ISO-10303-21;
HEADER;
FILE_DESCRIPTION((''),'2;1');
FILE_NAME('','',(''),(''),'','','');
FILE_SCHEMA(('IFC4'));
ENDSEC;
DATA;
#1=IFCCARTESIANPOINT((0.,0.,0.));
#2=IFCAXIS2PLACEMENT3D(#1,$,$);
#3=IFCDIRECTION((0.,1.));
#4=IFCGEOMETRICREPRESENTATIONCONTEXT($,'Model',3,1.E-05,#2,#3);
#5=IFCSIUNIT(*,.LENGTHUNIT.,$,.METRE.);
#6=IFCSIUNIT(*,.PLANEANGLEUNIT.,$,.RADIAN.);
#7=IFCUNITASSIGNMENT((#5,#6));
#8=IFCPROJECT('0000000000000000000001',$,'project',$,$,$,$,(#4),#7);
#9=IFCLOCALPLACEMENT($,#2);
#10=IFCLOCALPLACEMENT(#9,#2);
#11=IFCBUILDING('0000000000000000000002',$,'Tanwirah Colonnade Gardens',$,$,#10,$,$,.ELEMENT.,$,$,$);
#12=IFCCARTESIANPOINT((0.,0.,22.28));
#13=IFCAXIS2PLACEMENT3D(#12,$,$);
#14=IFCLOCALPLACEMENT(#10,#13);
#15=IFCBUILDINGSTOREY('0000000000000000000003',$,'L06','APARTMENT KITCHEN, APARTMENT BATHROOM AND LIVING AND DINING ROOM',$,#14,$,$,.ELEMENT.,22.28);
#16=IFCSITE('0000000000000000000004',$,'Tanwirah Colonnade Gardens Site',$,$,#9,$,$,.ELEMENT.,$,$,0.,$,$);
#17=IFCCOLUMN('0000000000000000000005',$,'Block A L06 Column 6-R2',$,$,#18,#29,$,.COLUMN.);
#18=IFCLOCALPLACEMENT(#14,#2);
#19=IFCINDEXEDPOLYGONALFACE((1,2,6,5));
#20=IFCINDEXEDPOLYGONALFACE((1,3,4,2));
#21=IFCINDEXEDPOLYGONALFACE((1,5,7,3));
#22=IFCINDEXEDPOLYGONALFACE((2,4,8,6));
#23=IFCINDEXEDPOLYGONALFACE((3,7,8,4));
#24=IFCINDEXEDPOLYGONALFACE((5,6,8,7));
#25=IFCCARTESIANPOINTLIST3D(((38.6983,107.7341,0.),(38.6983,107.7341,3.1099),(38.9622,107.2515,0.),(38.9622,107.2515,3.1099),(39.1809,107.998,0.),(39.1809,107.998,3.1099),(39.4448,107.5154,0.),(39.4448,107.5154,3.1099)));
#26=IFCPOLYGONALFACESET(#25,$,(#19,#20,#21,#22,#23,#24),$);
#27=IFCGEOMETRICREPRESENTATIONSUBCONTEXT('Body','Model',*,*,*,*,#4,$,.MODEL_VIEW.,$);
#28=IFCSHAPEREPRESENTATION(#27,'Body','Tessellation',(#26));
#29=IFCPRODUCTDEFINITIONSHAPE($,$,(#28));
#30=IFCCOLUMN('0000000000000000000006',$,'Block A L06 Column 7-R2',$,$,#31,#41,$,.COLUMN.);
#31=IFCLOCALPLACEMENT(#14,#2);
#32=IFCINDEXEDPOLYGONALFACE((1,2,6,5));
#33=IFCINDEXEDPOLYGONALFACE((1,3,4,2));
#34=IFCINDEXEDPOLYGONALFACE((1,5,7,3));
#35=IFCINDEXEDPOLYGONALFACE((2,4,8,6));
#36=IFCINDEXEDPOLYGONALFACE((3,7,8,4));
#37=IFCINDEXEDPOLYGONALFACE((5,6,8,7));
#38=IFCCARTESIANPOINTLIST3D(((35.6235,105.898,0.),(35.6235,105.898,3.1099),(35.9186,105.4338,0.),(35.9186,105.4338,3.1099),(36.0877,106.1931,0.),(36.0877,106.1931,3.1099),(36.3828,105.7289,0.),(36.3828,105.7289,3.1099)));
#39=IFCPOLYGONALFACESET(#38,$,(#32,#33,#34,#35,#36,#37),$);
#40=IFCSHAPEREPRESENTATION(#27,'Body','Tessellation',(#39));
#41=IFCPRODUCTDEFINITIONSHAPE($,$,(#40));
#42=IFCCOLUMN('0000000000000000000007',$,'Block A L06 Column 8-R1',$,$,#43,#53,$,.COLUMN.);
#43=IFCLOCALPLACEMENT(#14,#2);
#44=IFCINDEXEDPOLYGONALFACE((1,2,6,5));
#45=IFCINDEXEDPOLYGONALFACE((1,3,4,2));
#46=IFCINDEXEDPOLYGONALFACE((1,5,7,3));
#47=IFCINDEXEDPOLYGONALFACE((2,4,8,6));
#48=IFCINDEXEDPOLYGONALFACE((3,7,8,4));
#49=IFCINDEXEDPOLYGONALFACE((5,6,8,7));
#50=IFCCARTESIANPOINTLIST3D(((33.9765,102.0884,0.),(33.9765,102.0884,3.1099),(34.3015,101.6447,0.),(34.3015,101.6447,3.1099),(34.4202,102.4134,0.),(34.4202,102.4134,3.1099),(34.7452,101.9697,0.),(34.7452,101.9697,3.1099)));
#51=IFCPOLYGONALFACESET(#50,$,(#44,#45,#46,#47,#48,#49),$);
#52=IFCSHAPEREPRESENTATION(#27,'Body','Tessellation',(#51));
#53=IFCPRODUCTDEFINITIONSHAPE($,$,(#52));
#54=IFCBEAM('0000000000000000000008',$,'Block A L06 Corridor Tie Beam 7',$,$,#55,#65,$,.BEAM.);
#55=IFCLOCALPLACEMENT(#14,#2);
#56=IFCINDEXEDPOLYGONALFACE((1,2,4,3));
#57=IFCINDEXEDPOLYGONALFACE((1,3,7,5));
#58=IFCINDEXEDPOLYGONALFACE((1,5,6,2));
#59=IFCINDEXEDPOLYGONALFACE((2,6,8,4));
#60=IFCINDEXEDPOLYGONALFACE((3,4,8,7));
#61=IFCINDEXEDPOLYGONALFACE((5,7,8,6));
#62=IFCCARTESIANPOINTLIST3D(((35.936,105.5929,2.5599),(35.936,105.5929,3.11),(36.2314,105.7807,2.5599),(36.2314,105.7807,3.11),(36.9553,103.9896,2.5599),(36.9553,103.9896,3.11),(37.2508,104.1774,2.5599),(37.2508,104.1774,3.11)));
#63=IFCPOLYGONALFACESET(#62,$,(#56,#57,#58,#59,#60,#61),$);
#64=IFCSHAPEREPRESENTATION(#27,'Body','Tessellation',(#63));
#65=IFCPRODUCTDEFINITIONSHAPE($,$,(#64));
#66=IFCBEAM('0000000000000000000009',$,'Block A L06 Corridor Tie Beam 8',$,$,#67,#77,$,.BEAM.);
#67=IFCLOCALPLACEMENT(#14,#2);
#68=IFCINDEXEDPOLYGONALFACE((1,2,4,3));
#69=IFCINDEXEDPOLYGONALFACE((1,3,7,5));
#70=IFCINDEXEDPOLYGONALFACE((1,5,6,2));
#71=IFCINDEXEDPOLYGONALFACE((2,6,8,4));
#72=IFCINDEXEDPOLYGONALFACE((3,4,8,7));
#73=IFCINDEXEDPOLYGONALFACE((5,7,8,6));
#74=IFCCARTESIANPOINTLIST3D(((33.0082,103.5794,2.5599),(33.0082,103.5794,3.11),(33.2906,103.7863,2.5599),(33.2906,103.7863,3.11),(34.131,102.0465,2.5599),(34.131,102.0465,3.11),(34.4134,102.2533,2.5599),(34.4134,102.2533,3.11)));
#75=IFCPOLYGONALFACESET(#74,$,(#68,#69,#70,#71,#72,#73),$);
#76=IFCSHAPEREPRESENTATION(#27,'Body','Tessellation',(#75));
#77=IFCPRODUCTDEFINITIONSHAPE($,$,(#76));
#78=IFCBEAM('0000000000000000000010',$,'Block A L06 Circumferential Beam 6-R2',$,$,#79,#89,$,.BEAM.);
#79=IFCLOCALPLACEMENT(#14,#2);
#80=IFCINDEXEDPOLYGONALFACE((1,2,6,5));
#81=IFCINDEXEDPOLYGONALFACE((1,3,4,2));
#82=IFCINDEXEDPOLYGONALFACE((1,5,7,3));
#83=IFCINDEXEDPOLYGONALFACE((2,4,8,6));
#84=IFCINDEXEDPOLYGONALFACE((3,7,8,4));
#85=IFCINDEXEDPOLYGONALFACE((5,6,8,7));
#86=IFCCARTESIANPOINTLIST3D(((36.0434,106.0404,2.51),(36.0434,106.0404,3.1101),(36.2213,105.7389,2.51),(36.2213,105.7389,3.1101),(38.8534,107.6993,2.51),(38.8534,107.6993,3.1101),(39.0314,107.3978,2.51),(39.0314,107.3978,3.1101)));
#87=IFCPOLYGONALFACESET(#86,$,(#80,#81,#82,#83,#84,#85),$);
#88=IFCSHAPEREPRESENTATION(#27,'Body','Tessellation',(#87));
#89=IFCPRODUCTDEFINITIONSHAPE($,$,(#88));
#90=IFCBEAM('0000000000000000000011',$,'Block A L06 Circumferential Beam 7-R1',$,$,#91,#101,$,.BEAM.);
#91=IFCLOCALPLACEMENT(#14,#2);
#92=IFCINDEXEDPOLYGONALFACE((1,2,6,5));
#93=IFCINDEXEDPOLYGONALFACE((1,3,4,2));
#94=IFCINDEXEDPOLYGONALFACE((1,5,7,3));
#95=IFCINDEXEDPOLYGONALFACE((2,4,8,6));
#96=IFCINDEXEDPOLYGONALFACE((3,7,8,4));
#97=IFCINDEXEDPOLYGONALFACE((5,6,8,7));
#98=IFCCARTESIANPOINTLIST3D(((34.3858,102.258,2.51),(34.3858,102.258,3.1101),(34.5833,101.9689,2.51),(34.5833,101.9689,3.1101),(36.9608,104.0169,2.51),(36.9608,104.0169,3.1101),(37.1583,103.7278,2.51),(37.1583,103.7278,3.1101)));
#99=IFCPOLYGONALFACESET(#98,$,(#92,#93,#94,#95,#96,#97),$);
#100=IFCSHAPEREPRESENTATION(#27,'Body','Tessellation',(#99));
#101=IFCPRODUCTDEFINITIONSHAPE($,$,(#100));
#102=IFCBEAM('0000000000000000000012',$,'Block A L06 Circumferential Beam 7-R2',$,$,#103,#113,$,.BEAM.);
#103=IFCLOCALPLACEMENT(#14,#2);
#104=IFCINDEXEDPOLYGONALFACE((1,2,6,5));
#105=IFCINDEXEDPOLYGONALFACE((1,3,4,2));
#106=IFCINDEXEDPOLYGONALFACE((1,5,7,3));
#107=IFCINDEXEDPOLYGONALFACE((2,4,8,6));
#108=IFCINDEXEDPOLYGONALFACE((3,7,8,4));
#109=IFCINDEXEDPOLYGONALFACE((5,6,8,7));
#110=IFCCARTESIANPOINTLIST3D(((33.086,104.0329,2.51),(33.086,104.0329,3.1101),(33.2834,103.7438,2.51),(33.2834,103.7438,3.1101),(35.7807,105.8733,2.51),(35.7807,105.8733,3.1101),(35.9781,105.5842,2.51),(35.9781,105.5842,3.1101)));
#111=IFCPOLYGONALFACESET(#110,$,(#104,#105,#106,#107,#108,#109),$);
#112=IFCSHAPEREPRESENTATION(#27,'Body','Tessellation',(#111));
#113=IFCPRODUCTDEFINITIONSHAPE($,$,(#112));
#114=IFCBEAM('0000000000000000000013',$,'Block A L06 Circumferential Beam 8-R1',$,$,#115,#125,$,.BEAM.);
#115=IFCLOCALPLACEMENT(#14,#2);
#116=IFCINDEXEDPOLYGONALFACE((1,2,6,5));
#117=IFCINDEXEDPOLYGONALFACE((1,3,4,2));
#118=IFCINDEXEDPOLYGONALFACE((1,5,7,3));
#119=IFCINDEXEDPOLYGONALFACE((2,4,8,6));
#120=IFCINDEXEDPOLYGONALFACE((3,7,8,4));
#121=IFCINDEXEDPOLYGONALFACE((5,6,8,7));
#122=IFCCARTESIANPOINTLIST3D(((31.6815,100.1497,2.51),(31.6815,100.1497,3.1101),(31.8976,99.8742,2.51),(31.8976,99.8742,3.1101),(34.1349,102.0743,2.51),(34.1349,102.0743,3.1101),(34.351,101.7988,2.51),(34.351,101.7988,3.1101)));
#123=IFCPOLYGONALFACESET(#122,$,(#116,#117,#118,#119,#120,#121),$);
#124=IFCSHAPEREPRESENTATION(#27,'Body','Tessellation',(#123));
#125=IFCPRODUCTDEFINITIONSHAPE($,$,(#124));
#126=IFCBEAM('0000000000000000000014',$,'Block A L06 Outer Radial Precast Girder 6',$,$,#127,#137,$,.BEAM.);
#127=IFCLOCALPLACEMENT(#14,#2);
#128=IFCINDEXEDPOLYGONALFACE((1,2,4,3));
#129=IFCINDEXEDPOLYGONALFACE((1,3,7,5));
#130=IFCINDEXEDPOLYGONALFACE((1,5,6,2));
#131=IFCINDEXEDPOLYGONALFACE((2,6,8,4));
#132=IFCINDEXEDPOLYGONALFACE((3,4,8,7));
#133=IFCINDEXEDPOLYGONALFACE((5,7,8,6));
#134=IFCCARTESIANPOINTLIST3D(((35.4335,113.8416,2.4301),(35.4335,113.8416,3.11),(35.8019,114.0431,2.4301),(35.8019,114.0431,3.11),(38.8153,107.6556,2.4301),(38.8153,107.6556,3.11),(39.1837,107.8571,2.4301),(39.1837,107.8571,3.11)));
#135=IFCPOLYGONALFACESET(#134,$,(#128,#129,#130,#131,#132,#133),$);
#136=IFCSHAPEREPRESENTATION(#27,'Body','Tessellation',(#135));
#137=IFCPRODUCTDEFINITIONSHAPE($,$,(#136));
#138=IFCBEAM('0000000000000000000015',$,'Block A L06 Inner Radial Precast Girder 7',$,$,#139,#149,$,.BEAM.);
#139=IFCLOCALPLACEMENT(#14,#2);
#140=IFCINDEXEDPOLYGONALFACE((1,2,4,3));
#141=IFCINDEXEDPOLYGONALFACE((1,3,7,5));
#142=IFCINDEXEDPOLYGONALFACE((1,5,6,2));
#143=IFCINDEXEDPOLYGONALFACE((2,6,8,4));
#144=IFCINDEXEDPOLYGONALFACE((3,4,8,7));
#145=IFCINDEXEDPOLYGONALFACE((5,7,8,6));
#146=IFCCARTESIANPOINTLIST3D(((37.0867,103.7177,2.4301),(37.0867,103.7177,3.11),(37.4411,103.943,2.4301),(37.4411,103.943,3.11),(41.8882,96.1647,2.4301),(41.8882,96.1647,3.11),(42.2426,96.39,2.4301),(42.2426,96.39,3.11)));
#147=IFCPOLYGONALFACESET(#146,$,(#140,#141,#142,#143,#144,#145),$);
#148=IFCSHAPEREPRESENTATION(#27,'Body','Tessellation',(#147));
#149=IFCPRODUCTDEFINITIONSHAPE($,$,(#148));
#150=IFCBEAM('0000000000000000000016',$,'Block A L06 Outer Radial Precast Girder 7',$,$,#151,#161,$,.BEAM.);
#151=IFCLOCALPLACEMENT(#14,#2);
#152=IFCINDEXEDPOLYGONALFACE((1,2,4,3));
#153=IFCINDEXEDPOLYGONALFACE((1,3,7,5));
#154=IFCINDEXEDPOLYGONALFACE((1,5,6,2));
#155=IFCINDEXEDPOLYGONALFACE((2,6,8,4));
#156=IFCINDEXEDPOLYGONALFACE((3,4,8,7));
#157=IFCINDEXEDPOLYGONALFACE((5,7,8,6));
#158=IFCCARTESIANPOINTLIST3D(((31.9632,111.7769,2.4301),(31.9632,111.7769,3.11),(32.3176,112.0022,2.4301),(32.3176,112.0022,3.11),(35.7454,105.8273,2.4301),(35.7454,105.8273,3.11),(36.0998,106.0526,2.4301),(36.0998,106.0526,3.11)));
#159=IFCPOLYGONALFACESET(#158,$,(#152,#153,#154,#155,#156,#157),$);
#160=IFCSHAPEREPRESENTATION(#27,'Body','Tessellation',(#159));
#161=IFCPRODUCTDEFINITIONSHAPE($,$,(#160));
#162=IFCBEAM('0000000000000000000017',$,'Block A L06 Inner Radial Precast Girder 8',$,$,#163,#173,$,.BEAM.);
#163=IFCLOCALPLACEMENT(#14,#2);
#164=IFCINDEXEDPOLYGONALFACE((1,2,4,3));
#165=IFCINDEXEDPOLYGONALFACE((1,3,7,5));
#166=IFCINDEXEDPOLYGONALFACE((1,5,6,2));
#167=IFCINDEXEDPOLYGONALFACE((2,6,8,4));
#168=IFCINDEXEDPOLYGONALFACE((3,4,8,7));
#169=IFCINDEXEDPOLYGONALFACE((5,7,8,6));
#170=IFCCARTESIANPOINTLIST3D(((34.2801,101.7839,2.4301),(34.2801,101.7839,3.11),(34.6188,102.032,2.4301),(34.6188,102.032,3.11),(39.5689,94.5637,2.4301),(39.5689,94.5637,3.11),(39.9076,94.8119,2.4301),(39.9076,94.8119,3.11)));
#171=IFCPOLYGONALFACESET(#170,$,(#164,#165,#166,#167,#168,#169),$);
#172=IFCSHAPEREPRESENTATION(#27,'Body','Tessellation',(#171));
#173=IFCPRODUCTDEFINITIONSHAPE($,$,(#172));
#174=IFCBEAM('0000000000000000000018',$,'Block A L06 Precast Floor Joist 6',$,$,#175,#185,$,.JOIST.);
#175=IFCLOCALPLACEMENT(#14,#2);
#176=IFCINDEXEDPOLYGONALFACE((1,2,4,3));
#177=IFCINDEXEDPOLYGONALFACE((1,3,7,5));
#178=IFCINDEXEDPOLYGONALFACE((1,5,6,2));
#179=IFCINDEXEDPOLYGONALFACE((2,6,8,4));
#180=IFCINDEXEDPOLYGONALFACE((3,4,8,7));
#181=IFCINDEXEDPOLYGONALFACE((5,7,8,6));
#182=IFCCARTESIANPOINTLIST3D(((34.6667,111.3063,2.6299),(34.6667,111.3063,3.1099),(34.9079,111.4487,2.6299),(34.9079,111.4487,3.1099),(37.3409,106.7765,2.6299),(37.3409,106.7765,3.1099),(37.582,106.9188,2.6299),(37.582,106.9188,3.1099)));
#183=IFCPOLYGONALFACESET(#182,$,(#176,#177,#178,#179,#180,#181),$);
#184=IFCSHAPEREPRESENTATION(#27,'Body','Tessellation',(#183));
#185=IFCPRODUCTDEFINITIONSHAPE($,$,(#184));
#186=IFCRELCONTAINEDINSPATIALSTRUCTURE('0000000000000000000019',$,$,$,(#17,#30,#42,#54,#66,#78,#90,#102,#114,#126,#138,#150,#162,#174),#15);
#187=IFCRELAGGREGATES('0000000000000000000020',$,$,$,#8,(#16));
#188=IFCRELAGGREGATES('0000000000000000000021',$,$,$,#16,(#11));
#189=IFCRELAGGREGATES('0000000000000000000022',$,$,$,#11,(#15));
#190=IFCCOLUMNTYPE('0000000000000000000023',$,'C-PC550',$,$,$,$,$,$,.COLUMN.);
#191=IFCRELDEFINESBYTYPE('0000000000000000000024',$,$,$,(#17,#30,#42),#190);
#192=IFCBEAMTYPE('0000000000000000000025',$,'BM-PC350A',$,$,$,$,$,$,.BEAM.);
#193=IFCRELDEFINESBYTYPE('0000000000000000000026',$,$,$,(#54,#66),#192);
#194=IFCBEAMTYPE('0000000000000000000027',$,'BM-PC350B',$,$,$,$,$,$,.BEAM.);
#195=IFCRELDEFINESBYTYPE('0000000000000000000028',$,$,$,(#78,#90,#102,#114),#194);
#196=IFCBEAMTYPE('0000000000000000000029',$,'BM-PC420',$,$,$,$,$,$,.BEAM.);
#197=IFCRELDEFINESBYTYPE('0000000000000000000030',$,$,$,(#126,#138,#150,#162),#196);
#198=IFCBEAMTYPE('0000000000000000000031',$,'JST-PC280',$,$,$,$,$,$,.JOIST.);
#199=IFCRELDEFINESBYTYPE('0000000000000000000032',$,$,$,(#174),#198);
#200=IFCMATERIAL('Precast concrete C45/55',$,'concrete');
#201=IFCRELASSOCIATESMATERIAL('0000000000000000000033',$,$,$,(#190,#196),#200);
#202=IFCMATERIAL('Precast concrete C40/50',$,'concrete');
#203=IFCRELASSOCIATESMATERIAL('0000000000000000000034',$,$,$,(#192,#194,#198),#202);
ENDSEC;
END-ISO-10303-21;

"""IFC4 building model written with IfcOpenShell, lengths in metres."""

from ifc_helpers import new_model, si_unit, direction, frame, origin, origin_2d, place, context, subcontext, project, spatial, rectangle, extrude, material, material_profile, profile_set, type_object, element, save


model = new_model("IFC4")

# Units and contexts
model_context = context("Model", 3, precision=1e-05, world=origin(), true_north=direction((0.0, 1.0)))
body_context = subcontext(model_context, "Body", "Model", "MODEL_VIEW")
ifc_project = project(units=[si_unit("LENGTHUNIT", "METRE"), si_unit("PLANEANGLEUNIT", "RADIAN")], contexts=[model_context])

# Site, building, storey
site_placement = place(None, origin())
site = spatial("IfcSite", under=ifc_project, at=site_placement, Name="Tanwirah Colonnade Gardens Site", CompositionType="ELEMENT", RefElevation=0.0)
building_placement = place(site_placement, origin())
building = spatial("IfcBuilding", under=site, at=building_placement, Name="Tanwirah Colonnade Gardens", CompositionType="ELEMENT")
storey_placement = place(building_placement, frame((0.0, 0.0, 22.28)))
storey = spatial("IfcBuildingStorey", under=building, at=storey_placement, Name="L06", Description="APARTMENT KITCHEN, APARTMENT BATHROOM AND LIVING AND DINING ROOM", CompositionType="ELEMENT", Elevation=22.28)

# Columns
ifc_material_1 = material(Name="Precast concrete C45/55", Category="concrete")
ifc_material_profile_1 = material_profile(ifc_material_1, rectangle(XDim=0.55, YDim=0.55, at=origin_2d()), Name="PC-COL 550x550")
ifc_profile_set_1 = profile_set([ifc_material_profile_1], Name="Precast concrete C45/55")
column_type = type_object("IfcColumnType", Name="C-PC550", PredefinedType="COLUMN", material=ifc_profile_set_1)
for number, where, z_axis, x_axis, name in (
    (1, (39.0715, 107.6248, 0.0), (0.0, 0.0, 1.0), (-0.479713, 0.877425, 0.0), "Block A L06 Column 6-R2"),
    (2, (36.0032, 105.8135, 0.0), (0.0, 0.0, 1.0), (-0.536482, 0.843912, 0.0), "Block A L06 Column 7-R2"),
    (3, (34.3608, 102.0291, 0.0), (0.0, 0.0, 1.0), (-0.590919, 0.806731, 0.0), "Block A L06 Column 8-R1"),
):
    element("IfcColumn", number, at=place(storey_placement, frame(where, z_axis=z_axis, x_axis=x_axis)), inside=storey, type_object=column_type, Name=name, PredefinedType="COLUMN", context=body_context, shape_type="SweptSolid", body=[
        extrude(rectangle(XDim=0.55, YDim=0.55, at=origin_2d()), origin(), (0.0, 0.0, 1.0), 3.1099),
    ])

# Beams
ifc_material_2 = material(Name="Precast concrete C40/50", Category="concrete")
ifc_material_profile_2 = material_profile(ifc_material_2, rectangle(XDim=0.3501, YDim=0.55, at=origin_2d()), Name="PC-BM 350x550")
ifc_profile_set_2 = profile_set([ifc_material_profile_2], Name="Precast concrete C40/50")
beam_type_1 = type_object("IfcBeamType", Name="BM-PC350A", PredefinedType="BEAM", material=ifc_profile_set_2)
beam_1_placement = place(storey_placement, frame((37.103, 104.0835, 2.835), z_axis=(-0.53651, 0.843894, 0.0), x_axis=(-0.843894, -0.53651, 0.0)))
element("IfcBeam", 4, at=beam_1_placement, inside=storey, type_object=beam_type_1, Name="Block A L06 Corridor Tie Beam 7", PredefinedType="BEAM", context=body_context, shape_type="SweptSolid", body=[
    extrude(rectangle(XDim=0.3501, YDim=0.55, at=origin_2d()), origin(), (0.0, 0.0, 1.0), 1.8999),
])
beam_2_placement = place(storey_placement, frame((34.2722, 102.1499, 2.835), z_axis=(-0.590896, 0.806748, 0.0), x_axis=(-0.806748, -0.590896, 0.0)))
element("IfcBeam", 5, at=beam_2_placement, inside=storey, type_object=beam_type_1, Name="Block A L06 Corridor Tie Beam 8", PredefinedType="BEAM", context=body_context, shape_type="SweptSolid", body=[
    extrude(rectangle(XDim=0.3501, YDim=0.55, at=origin_2d()), origin(), (0.0, 0.0, 1.0), 1.9001),
])
ifc_material_profile_3 = material_profile(ifc_material_2, rectangle(XDim=0.3501, YDim=0.6001, at=origin_2d()), Name="PC-BM 350x600")
ifc_profile_set_3 = profile_set([ifc_material_profile_3], Name="Precast concrete C40/50")
beam_type_2 = type_object("IfcBeamType", Name="BM-PC350B", PredefinedType="BEAM", material=ifc_profile_set_3)
beam_3_placement = place(storey_placement, frame((38.9424, 107.5486, 2.8101), z_axis=(-0.861135, -0.508376, 0.0), x_axis=(0.508376, -0.861135, 0.0)))
element("IfcBeam", 6, at=beam_3_placement, inside=storey, type_object=beam_type_2, Name="Block A L06 Circumferential Beam 6-R2", PredefinedType="BEAM", context=body_context, shape_type="SweptSolid", body=[
    extrude(rectangle(XDim=0.3501, YDim=0.6001, at=origin_2d()), origin(), (0.0, 0.0, 1.0), 3.2632),
])
beam_4_placement = place(storey_placement, frame((37.0596, 103.8723, 2.8101), z_axis=(-0.825758, -0.564024, 0.0), x_axis=(0.564024, -0.825758, 0.0)))
element("IfcBeam", 7, at=beam_4_placement, inside=storey, type_object=beam_type_2, Name="Block A L06 Circumferential Beam 7-R1", PredefinedType="BEAM", context=body_context, shape_type="SweptSolid", body=[
    extrude(rectangle(XDim=0.3501, YDim=0.6001, at=origin_2d()), origin(), (0.0, 0.0, 1.0), 3.1184),
])
beam_5_placement = place(storey_placement, frame((35.8794, 105.7288, 2.8101), z_axis=(-0.825782, -0.563989, 0.0), x_axis=(0.563989, -0.825782, 0.0)))
element("IfcBeam", 8, at=beam_5_placement, inside=storey, type_object=beam_type_2, Name="Block A L06 Circumferential Beam 7-R2", PredefinedType="BEAM", context=body_context, shape_type="SweptSolid", body=[
    extrude(rectangle(XDim=0.3501, YDim=0.6001, at=origin_2d()), origin(), (0.0, 0.0, 1.0), 3.2632),
])
beam_6_placement = place(storey_placement, frame((34.2429, 101.9365, 2.8101), z_axis=(-0.786799, -0.617209, 0.0), x_axis=(0.617209, -0.786799, 0.0)))
element("IfcBeam", 9, at=beam_6_placement, inside=storey, type_object=beam_type_2, Name="Block A L06 Circumferential Beam 8-R1", PredefinedType="BEAM", context=body_context, shape_type="SweptSolid", body=[
    extrude(rectangle(XDim=0.3501, YDim=0.6001, at=origin_2d()), origin(), (0.0, 0.0, 1.0), 3.1182),
])
ifc_material_profile_4 = material_profile(ifc_material_1, rectangle(XDim=0.4199, YDim=0.6799, at=origin_2d()), Name="PC-BM 420x680")
ifc_profile_set_4 = profile_set([ifc_material_profile_4], Name="Precast concrete C45/55")
beam_type_3 = type_object("IfcBeamType", Name="BM-PC420", PredefinedType="BEAM", material=ifc_profile_set_4)
beam_7_placement = place(storey_placement, frame((38.9995, 107.7563, 2.77), z_axis=(-0.479687, 0.87744, 0.0), x_axis=(-0.87744, -0.479687, 0.0)))
element("IfcBeam", 10, at=beam_7_placement, inside=storey, type_object=beam_type_3, Name="Block A L06 Outer Radial Precast Girder 6", PredefinedType="BEAM", context=body_context, shape_type="SweptSolid", body=[
    extrude(rectangle(XDim=0.4199, YDim=0.6799, at=origin_2d()), origin(), (0.0, 0.0, 1.0), 7.05),
])
beam_8_placement = place(storey_placement, frame((37.2639, 103.8303, 2.77), z_axis=(0.536484, -0.843911, 0.0), x_axis=(0.843911, 0.536484, 0.0)))
element("IfcBeam", 11, at=beam_8_placement, inside=storey, type_object=beam_type_3, Name="Block A L06 Inner Radial Precast Girder 7", PredefinedType="BEAM", context=body_context, shape_type="SweptSolid", body=[
    extrude(rectangle(XDim=0.4199, YDim=0.6799, at=origin_2d()), origin(), (0.0, 0.0, 1.0), 8.95),
])
beam_9_placement = place(storey_placement, frame((35.9226, 105.9399, 2.77), z_axis=(-0.536477, 0.843915, 0.0), x_axis=(-0.843915, -0.536477, 0.0)))
element("IfcBeam", 12, at=beam_9_placement, inside=storey, type_object=beam_type_3, Name="Block A L06 Outer Radial Precast Girder 7", PredefinedType="BEAM", context=body_context, shape_type="SweptSolid", body=[
    extrude(rectangle(XDim=0.4199, YDim=0.6799, at=origin_2d()), origin(), (0.0, 0.0, 1.0), 7.05),
])
beam_10_placement = place(storey_placement, frame((34.4495, 101.908, 2.77), z_axis=(0.590927, -0.806725, 0.0), x_axis=(0.806725, 0.590927, 0.0)))
element("IfcBeam", 13, at=beam_10_placement, inside=storey, type_object=beam_type_3, Name="Block A L06 Inner Radial Precast Girder 8", PredefinedType="BEAM", context=body_context, shape_type="SweptSolid", body=[
    extrude(rectangle(XDim=0.4199, YDim=0.6799, at=origin_2d()), origin(), (0.0, 0.0, 1.0), 8.95),
])
ifc_material_profile_5 = material_profile(ifc_material_2, rectangle(XDim=0.28, YDim=0.48, at=origin_2d()), Name="PC-JST 280x480")
ifc_profile_set_5 = profile_set([ifc_material_profile_5], Name="Precast concrete C40/50")
beam_type_4 = type_object("IfcBeamType", Name="JST-PC280", PredefinedType="JOIST", material=ifc_profile_set_5)
beam_11_placement = place(storey_placement, frame((37.4614, 106.8477, 2.8699), z_axis=(-0.50836, 0.861145, 0.0), x_axis=(-0.861145, -0.50836, 0.0)))
element("IfcBeam", 14, at=beam_11_placement, inside=storey, type_object=beam_type_4, Name="Block A L06 Precast Floor Joist 6", PredefinedType="JOIST", context=body_context, shape_type="SweptSolid", body=[
    extrude(rectangle(XDim=0.28, YDim=0.48, at=origin_2d()), origin(), (0.0, 0.0, 1.0), 5.2603),
])

save(model, "model.ifc")
